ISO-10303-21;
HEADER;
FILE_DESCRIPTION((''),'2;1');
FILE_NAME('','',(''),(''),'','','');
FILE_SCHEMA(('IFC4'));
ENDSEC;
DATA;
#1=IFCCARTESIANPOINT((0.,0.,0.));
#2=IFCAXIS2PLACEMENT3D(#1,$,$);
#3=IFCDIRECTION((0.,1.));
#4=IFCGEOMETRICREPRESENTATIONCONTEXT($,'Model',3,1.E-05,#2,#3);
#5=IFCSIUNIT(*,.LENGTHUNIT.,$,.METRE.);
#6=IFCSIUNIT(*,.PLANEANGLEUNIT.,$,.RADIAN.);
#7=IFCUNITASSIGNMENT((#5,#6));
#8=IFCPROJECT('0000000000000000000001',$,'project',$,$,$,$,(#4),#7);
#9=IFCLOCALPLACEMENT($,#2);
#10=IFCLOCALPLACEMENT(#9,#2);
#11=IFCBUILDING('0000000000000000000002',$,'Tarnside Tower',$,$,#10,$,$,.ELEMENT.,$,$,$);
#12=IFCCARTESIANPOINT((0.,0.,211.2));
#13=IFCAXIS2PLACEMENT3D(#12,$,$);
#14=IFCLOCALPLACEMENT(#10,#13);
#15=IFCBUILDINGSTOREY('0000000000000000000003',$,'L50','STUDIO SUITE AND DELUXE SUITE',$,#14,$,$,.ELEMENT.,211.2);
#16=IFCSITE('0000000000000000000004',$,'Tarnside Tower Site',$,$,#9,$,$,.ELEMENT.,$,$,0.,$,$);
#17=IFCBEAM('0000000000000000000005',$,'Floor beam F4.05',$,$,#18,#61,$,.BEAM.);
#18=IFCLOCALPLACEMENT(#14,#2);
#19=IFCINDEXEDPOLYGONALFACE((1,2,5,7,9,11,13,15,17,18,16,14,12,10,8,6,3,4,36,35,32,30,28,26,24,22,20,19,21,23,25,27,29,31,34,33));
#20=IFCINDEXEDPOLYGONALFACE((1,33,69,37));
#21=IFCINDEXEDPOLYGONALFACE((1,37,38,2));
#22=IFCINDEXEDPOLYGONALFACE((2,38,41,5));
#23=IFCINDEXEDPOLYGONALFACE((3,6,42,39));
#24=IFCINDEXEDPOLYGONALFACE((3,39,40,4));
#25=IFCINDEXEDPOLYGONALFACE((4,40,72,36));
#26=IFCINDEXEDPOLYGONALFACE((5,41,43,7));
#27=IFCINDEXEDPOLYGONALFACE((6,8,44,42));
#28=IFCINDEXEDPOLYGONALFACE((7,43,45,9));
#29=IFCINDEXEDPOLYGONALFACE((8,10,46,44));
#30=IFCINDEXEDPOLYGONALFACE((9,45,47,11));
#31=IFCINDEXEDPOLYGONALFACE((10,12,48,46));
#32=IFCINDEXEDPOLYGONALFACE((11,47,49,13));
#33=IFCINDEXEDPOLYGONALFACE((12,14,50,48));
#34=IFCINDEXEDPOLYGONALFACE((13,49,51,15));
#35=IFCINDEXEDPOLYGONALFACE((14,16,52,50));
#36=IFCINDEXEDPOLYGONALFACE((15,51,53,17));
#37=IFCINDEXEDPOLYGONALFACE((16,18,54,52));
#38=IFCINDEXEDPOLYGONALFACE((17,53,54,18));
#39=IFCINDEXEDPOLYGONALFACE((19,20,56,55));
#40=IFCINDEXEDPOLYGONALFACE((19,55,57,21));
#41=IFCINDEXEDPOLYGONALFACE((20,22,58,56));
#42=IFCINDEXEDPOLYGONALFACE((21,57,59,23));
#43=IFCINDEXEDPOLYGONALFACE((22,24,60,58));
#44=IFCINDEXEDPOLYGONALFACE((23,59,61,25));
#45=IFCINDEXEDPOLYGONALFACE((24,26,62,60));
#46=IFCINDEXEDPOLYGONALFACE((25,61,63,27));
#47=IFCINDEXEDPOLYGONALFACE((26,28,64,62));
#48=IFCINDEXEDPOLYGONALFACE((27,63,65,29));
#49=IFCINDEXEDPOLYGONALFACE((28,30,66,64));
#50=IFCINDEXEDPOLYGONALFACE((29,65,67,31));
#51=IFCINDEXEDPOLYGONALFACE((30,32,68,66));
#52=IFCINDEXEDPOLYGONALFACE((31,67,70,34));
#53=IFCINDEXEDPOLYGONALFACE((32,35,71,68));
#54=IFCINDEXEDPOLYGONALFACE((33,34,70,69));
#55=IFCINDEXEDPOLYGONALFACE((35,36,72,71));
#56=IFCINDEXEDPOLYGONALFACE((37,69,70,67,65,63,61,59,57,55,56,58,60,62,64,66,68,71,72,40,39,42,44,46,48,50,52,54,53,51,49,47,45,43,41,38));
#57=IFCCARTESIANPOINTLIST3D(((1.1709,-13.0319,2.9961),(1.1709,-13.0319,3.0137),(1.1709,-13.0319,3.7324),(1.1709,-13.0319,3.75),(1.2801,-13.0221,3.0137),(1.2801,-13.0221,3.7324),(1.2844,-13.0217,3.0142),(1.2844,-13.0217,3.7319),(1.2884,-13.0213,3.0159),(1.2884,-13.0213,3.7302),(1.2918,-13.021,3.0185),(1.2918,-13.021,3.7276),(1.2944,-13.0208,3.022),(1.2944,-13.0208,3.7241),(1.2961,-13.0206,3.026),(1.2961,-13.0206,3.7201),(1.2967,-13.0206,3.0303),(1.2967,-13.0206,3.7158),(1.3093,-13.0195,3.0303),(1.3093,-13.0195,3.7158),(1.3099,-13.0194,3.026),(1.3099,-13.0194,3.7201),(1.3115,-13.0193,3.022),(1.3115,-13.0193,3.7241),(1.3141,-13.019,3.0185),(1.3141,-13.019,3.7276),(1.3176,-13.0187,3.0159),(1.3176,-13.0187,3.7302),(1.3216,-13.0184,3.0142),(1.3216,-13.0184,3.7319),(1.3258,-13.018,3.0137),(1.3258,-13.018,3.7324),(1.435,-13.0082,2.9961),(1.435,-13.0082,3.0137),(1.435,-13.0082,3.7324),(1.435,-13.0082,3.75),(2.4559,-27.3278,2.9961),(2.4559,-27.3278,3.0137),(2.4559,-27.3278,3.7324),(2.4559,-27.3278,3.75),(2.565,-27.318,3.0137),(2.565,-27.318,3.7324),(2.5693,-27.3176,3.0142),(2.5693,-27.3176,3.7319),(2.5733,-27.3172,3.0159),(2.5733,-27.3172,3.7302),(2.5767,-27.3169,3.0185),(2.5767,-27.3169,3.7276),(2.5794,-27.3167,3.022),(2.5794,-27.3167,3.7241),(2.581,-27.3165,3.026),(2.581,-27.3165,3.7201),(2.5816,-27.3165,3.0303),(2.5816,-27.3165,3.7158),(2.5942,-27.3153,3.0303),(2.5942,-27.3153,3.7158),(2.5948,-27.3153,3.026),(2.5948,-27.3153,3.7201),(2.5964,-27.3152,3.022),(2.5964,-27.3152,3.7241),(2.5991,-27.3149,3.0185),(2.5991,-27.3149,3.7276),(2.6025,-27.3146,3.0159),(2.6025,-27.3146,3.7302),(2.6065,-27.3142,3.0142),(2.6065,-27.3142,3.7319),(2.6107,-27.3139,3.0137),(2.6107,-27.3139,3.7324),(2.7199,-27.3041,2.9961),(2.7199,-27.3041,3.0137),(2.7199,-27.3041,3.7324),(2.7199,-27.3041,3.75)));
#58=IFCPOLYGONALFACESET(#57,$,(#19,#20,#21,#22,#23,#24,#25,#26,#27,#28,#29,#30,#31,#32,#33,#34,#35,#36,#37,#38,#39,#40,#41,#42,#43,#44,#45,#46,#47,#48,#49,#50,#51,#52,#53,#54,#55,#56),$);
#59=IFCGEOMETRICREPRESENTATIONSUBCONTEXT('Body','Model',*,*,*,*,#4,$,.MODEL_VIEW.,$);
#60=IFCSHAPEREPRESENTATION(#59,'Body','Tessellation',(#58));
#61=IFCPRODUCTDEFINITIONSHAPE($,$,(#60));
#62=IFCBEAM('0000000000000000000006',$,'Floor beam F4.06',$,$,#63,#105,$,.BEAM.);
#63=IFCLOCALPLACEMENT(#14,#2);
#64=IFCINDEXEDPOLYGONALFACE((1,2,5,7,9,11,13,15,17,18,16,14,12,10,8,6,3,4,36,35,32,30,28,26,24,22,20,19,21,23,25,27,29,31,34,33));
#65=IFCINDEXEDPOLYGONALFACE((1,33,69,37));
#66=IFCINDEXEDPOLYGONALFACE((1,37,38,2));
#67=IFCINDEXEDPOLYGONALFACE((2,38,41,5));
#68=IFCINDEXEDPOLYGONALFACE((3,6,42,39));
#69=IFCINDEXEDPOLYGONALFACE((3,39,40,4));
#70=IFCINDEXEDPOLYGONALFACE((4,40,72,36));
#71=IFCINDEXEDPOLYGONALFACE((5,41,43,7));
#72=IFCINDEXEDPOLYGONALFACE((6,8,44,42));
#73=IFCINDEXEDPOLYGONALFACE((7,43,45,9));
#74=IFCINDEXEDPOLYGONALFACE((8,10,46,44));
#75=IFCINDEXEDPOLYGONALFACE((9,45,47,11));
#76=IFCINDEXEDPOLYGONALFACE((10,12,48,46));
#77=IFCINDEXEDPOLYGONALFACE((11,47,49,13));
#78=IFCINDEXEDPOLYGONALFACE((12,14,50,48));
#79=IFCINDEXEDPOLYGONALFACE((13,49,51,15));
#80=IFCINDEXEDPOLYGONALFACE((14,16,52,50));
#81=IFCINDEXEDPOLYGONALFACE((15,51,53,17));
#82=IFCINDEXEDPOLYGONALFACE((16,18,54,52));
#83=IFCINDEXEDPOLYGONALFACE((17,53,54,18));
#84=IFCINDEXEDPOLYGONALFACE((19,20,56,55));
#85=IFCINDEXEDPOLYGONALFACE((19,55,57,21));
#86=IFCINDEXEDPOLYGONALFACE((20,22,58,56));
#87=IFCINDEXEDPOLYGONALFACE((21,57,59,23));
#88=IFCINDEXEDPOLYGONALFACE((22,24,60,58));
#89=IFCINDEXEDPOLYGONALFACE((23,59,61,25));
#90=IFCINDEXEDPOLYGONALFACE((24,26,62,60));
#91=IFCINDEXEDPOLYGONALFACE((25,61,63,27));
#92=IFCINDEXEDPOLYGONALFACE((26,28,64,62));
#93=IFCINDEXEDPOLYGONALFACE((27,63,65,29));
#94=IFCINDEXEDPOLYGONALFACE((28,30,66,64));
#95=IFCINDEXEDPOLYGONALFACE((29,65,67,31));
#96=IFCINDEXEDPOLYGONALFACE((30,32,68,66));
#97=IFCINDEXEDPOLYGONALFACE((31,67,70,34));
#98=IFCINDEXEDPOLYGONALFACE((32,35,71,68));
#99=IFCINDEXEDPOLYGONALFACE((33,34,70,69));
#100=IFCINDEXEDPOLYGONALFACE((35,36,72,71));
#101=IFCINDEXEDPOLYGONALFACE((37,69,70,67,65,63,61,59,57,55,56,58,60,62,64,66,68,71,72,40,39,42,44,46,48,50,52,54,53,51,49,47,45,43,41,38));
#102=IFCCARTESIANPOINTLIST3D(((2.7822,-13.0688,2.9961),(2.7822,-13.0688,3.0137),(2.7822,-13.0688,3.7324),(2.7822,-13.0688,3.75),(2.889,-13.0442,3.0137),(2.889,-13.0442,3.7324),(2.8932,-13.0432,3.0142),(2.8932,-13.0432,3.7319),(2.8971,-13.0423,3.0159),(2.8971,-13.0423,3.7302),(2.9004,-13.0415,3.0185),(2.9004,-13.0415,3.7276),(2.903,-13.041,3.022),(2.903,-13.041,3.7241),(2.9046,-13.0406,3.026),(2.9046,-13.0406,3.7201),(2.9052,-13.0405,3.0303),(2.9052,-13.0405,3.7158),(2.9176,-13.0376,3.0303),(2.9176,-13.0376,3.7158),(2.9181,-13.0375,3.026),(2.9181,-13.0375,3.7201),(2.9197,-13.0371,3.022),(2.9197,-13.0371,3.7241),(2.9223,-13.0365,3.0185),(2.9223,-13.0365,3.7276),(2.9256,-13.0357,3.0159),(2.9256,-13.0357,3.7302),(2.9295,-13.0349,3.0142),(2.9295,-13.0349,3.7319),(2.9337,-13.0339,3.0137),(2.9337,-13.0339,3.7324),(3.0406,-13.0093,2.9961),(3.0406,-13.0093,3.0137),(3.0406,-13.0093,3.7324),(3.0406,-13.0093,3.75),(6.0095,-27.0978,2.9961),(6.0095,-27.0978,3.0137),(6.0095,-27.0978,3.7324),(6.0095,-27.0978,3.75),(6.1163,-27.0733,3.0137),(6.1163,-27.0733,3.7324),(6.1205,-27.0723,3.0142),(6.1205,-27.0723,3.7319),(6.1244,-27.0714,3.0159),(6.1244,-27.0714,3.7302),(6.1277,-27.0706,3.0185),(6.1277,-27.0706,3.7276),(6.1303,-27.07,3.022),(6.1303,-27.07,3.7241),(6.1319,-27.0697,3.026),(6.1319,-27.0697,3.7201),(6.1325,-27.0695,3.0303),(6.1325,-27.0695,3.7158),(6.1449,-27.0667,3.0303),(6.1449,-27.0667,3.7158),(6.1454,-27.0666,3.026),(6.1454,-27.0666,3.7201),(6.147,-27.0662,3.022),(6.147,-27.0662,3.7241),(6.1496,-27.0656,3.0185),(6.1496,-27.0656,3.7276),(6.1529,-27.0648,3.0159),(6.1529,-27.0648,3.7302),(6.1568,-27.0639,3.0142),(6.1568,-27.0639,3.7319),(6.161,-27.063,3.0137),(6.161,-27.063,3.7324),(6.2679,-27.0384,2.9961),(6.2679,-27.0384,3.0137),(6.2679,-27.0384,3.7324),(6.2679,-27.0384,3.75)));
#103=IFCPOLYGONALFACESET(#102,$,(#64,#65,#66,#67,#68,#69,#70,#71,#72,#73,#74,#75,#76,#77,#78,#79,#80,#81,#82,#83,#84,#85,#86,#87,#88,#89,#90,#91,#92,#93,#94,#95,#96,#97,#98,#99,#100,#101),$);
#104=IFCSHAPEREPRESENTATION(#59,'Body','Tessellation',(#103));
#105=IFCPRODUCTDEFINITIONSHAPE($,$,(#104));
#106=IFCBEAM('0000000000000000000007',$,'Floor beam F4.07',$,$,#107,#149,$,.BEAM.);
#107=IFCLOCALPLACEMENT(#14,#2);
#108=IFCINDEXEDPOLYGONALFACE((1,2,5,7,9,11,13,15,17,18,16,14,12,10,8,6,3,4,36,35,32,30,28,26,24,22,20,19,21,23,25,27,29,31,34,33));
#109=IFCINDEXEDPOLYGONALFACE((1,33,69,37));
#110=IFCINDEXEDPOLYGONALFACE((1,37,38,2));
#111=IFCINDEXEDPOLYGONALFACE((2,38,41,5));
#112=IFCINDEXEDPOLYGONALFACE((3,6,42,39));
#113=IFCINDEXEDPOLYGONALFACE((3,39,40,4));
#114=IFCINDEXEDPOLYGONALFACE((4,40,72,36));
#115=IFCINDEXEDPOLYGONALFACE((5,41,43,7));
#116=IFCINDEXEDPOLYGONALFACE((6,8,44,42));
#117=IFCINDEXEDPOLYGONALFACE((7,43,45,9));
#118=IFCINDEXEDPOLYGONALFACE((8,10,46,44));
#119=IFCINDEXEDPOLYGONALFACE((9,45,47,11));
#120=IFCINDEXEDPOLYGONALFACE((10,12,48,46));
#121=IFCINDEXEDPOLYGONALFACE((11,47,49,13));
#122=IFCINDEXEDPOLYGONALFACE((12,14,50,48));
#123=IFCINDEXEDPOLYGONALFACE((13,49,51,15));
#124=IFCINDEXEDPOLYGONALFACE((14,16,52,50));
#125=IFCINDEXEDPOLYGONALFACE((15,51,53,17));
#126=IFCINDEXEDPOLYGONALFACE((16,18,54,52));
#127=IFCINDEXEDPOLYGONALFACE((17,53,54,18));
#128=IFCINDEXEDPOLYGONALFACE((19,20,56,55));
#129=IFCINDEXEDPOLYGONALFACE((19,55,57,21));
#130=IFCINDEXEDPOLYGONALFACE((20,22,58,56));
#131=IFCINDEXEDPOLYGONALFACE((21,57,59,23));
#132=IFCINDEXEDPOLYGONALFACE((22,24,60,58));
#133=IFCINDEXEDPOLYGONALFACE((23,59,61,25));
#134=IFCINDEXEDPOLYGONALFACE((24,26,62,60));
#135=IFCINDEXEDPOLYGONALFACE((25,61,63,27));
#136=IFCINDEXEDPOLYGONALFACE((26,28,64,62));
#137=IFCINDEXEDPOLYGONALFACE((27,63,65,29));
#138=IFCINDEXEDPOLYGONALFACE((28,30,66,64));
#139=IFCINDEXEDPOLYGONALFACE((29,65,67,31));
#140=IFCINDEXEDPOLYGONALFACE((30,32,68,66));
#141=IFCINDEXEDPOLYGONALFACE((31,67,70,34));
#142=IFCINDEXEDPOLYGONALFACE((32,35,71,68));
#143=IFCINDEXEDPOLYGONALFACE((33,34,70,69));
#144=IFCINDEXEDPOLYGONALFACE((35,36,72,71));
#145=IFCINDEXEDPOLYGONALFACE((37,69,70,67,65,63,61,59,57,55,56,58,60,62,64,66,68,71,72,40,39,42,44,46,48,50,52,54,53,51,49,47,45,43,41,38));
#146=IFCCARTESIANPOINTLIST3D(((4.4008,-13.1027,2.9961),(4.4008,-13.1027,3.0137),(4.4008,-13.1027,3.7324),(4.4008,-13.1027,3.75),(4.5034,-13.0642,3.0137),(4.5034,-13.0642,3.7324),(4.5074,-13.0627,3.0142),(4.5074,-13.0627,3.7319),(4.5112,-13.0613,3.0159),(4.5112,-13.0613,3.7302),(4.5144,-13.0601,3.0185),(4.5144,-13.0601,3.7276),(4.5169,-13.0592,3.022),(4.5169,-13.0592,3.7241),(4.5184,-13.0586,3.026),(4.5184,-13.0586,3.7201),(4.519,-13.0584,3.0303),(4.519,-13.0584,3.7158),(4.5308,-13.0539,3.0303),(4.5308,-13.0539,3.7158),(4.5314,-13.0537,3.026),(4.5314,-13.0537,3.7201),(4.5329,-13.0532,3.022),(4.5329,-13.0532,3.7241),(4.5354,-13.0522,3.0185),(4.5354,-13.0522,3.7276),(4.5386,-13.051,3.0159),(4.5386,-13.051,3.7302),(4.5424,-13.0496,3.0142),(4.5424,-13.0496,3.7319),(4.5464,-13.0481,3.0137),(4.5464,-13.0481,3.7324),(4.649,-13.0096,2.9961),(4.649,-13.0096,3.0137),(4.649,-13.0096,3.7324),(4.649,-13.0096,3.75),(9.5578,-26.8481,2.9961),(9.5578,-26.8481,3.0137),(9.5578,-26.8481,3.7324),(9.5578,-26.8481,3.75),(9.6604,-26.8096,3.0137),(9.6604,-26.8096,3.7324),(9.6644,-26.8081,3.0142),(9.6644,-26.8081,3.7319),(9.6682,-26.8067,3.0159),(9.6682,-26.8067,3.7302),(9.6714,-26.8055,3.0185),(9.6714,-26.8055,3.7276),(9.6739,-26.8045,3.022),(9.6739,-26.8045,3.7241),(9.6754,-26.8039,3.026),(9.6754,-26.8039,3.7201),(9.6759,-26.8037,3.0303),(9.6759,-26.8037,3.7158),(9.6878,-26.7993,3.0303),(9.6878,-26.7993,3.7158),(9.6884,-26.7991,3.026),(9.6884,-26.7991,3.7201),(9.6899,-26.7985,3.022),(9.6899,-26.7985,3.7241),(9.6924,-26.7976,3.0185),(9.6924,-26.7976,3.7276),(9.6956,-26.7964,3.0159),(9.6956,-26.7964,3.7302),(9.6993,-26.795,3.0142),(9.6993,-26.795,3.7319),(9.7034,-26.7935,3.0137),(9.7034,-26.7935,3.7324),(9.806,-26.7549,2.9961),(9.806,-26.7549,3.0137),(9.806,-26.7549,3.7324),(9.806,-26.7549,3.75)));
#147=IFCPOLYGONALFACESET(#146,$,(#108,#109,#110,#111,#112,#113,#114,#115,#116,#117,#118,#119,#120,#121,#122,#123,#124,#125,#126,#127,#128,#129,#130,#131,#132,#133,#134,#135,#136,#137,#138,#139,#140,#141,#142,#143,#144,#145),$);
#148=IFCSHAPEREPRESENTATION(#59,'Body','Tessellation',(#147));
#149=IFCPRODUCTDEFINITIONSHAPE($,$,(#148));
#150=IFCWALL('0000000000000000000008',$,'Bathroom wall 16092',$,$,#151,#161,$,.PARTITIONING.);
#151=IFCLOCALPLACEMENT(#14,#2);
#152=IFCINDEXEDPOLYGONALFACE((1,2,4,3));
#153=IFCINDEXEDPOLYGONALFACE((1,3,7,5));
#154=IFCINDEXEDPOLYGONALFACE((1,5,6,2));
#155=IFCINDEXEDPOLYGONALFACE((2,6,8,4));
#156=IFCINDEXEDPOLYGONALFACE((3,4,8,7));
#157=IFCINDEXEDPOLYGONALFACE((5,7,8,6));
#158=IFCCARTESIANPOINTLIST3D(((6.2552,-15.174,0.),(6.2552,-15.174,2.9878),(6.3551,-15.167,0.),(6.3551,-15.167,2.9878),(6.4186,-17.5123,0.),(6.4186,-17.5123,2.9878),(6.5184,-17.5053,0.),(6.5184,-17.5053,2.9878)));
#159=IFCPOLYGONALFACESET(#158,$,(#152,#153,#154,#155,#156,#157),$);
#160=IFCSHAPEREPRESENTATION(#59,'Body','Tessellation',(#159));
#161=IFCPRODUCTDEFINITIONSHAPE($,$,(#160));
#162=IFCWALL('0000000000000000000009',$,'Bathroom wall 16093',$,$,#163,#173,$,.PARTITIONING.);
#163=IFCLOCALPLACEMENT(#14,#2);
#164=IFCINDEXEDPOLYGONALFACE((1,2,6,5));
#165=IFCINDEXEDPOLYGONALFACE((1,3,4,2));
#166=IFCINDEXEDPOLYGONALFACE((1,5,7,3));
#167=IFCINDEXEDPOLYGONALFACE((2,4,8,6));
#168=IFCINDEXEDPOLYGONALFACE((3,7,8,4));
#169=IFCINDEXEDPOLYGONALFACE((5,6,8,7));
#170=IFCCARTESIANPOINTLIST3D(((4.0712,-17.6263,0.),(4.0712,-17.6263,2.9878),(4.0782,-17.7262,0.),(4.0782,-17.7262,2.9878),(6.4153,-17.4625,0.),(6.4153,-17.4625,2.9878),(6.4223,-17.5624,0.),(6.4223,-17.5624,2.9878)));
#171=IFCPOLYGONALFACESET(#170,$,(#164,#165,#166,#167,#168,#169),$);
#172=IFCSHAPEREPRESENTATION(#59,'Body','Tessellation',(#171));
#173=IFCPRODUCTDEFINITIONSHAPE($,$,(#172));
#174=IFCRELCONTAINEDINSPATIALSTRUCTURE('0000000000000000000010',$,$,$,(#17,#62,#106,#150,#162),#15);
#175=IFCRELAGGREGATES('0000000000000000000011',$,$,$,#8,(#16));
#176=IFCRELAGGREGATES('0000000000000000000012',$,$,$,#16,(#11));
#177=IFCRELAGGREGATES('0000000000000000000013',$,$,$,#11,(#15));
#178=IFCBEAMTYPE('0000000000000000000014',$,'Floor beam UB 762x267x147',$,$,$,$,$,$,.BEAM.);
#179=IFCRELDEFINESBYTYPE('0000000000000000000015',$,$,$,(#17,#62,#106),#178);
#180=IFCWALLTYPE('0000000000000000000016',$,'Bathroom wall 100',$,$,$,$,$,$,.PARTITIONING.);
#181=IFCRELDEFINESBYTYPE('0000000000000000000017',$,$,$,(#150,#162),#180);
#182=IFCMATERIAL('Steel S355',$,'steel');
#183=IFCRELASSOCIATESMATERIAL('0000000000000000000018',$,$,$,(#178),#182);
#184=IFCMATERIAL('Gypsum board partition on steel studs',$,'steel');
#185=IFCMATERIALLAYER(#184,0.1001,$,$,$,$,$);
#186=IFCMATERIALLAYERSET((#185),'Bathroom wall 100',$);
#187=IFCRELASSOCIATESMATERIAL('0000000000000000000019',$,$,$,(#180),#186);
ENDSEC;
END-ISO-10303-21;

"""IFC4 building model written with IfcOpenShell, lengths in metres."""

from ifc_helpers import new_model, si_unit, direction, frame, frame_2d, origin, origin_2d, place, context, subcontext, project, spatial, rectangle, i_section, extrude, material, layer, layer_set, material_profile, profile_set, type_object, element, save


model = new_model("IFC4")

# Units and contexts
model_context = context("Model", 3, precision=1e-05, world=origin(), true_north=direction((0.0, 1.0)))
body_context = subcontext(model_context, "Body", "Model", "MODEL_VIEW")
ifc_project = project(units=[si_unit("LENGTHUNIT", "METRE"), si_unit("PLANEANGLEUNIT", "RADIAN")], contexts=[model_context])

# Site, building, storey
site_placement = place(None, origin())
site = spatial("IfcSite", under=ifc_project, at=site_placement, Name="Tarnside Tower Site", CompositionType="ELEMENT", RefElevation=0.0)
building_placement = place(site_placement, origin())
building = spatial("IfcBuilding", under=site, at=building_placement, Name="Tarnside Tower", CompositionType="ELEMENT")
storey_placement = place(building_placement, frame((0.0, 0.0, 211.2)))
storey = spatial("IfcBuildingStorey", under=building, at=storey_placement, Name="L50", Description="STUDIO SUITE AND DELUXE SUITE", CompositionType="ELEMENT", Elevation=211.2)

# Beams
ifc_material_1 = material(Name="Steel S355", Category="steel")
ifc_material_profile = material_profile(ifc_material_1, i_section(OverallWidth=0.2651, OverallDepth=0.7539, WebThickness=0.0127, FlangeThickness=0.0176, FilletRadius=0.0166, at=origin_2d()), Name="UB 762x267x147")
ifc_profile_set = profile_set([ifc_material_profile], Name="Steel S355")
beam_type = type_object("IfcBeamType", Name="Floor beam UB 762x267x147", PredefinedType="BEAM", material=ifc_profile_set)
beam_1_placement = place(storey_placement, frame((2.5879, -27.3159, 3.373), z_axis=(-0.089519, 0.995985, 0.0), x_axis=(-0.995985, -0.089519, 0.0)))
element("IfcBeam", 1, at=beam_1_placement, inside=storey, type_object=beam_type, Name="Floor beam F4.05", PredefinedType="BEAM", context=body_context, shape_type="SweptSolid", body=[
    extrude(i_section(OverallWidth=0.2651, OverallDepth=0.7539, WebThickness=0.0127, FlangeThickness=0.0176, FilletRadius=0.0166, at=origin_2d()), origin(), (0.0, 0.0, 1.0), 14.3535),
])
beam_2_placement = place(storey_placement, frame((6.1387, -27.0681, 3.373), z_axis=(-0.224188, 0.974546, 0.0), x_axis=(-0.974546, -0.224188, 0.0)))
element("IfcBeam", 2, at=beam_2_placement, inside=storey, type_object=beam_type, Name="Floor beam F4.06", PredefinedType="BEAM", context=body_context, shape_type="SweptSolid", body=[
    extrude(i_section(OverallWidth=0.2651, OverallDepth=0.7539, WebThickness=0.0127, FlangeThickness=0.0176, FilletRadius=0.0166, at=origin_2d()), origin(), (0.0, 0.0, 1.0), 14.3955),
])
beam_3_placement = place(storey_placement, frame((9.6819, -26.8015, 3.373), z_axis=(-0.351271, 0.936274, 0.0), x_axis=(-0.936274, -0.351271, 0.0)))
element("IfcBeam", 3, at=beam_3_placement, inside=storey, type_object=beam_type, Name="Floor beam F4.07", PredefinedType="BEAM", context=body_context, shape_type="SweptSolid", body=[
    extrude(i_section(OverallWidth=0.2651, OverallDepth=0.7539, WebThickness=0.0127, FlangeThickness=0.0176, FilletRadius=0.0166, at=origin_2d()), origin(), (0.0, 0.0, 1.0), 14.6809),
])

# Walls
ifc_material_2 = material(Name="Gypsum board partition on steel studs", Category="steel")
ifc_layer_1 = layer(ifc_material_2, 0.1001)
ifc_layer_set_1 = layer_set([ifc_layer_1], Name="Bathroom wall 100")
wall_type_1 = type_object("IfcWallType", Name="Bathroom wall 100", PredefinedType="PARTITIONING", material=ifc_layer_set_1)
wall_1_placement = place(storey_placement, frame((6.3052, -15.1707, 0.0), z_axis=(0.0, 0.0, 1.0), x_axis=(0.069678, -0.99757, 0.0)))
element("IfcWall", 4, at=wall_1_placement, inside=storey, type_object=wall_type_1, Name="Bathroom wall 16092", PredefinedType="PARTITIONING", context=body_context, shape_type="SweptSolid", body=[
    extrude(rectangle(XDim=2.344, YDim=0.1001, at=frame_2d((1.1719, 0.0))), origin(), (0.0, 0.0, 1.0), 2.9878),
])
wall_2_placement = place(storey_placement, frame((6.4187, -17.5125, 0.0), z_axis=(0.0, 0.0, 1.0), x_axis=(-0.997567, -0.069711, 0.0)))
element("IfcWall", 5, at=wall_2_placement, inside=storey, type_object=wall_type_1, Name="Bathroom wall 16093", PredefinedType="PARTITIONING", context=body_context, shape_type="SweptSolid", body=[
    extrude(rectangle(XDim=2.3499, YDim=0.1001, at=frame_2d((1.1748, 0.0))), origin(), (0.0, 0.0, 1.0), 2.9878),
])

save(model, "model.ifc")
